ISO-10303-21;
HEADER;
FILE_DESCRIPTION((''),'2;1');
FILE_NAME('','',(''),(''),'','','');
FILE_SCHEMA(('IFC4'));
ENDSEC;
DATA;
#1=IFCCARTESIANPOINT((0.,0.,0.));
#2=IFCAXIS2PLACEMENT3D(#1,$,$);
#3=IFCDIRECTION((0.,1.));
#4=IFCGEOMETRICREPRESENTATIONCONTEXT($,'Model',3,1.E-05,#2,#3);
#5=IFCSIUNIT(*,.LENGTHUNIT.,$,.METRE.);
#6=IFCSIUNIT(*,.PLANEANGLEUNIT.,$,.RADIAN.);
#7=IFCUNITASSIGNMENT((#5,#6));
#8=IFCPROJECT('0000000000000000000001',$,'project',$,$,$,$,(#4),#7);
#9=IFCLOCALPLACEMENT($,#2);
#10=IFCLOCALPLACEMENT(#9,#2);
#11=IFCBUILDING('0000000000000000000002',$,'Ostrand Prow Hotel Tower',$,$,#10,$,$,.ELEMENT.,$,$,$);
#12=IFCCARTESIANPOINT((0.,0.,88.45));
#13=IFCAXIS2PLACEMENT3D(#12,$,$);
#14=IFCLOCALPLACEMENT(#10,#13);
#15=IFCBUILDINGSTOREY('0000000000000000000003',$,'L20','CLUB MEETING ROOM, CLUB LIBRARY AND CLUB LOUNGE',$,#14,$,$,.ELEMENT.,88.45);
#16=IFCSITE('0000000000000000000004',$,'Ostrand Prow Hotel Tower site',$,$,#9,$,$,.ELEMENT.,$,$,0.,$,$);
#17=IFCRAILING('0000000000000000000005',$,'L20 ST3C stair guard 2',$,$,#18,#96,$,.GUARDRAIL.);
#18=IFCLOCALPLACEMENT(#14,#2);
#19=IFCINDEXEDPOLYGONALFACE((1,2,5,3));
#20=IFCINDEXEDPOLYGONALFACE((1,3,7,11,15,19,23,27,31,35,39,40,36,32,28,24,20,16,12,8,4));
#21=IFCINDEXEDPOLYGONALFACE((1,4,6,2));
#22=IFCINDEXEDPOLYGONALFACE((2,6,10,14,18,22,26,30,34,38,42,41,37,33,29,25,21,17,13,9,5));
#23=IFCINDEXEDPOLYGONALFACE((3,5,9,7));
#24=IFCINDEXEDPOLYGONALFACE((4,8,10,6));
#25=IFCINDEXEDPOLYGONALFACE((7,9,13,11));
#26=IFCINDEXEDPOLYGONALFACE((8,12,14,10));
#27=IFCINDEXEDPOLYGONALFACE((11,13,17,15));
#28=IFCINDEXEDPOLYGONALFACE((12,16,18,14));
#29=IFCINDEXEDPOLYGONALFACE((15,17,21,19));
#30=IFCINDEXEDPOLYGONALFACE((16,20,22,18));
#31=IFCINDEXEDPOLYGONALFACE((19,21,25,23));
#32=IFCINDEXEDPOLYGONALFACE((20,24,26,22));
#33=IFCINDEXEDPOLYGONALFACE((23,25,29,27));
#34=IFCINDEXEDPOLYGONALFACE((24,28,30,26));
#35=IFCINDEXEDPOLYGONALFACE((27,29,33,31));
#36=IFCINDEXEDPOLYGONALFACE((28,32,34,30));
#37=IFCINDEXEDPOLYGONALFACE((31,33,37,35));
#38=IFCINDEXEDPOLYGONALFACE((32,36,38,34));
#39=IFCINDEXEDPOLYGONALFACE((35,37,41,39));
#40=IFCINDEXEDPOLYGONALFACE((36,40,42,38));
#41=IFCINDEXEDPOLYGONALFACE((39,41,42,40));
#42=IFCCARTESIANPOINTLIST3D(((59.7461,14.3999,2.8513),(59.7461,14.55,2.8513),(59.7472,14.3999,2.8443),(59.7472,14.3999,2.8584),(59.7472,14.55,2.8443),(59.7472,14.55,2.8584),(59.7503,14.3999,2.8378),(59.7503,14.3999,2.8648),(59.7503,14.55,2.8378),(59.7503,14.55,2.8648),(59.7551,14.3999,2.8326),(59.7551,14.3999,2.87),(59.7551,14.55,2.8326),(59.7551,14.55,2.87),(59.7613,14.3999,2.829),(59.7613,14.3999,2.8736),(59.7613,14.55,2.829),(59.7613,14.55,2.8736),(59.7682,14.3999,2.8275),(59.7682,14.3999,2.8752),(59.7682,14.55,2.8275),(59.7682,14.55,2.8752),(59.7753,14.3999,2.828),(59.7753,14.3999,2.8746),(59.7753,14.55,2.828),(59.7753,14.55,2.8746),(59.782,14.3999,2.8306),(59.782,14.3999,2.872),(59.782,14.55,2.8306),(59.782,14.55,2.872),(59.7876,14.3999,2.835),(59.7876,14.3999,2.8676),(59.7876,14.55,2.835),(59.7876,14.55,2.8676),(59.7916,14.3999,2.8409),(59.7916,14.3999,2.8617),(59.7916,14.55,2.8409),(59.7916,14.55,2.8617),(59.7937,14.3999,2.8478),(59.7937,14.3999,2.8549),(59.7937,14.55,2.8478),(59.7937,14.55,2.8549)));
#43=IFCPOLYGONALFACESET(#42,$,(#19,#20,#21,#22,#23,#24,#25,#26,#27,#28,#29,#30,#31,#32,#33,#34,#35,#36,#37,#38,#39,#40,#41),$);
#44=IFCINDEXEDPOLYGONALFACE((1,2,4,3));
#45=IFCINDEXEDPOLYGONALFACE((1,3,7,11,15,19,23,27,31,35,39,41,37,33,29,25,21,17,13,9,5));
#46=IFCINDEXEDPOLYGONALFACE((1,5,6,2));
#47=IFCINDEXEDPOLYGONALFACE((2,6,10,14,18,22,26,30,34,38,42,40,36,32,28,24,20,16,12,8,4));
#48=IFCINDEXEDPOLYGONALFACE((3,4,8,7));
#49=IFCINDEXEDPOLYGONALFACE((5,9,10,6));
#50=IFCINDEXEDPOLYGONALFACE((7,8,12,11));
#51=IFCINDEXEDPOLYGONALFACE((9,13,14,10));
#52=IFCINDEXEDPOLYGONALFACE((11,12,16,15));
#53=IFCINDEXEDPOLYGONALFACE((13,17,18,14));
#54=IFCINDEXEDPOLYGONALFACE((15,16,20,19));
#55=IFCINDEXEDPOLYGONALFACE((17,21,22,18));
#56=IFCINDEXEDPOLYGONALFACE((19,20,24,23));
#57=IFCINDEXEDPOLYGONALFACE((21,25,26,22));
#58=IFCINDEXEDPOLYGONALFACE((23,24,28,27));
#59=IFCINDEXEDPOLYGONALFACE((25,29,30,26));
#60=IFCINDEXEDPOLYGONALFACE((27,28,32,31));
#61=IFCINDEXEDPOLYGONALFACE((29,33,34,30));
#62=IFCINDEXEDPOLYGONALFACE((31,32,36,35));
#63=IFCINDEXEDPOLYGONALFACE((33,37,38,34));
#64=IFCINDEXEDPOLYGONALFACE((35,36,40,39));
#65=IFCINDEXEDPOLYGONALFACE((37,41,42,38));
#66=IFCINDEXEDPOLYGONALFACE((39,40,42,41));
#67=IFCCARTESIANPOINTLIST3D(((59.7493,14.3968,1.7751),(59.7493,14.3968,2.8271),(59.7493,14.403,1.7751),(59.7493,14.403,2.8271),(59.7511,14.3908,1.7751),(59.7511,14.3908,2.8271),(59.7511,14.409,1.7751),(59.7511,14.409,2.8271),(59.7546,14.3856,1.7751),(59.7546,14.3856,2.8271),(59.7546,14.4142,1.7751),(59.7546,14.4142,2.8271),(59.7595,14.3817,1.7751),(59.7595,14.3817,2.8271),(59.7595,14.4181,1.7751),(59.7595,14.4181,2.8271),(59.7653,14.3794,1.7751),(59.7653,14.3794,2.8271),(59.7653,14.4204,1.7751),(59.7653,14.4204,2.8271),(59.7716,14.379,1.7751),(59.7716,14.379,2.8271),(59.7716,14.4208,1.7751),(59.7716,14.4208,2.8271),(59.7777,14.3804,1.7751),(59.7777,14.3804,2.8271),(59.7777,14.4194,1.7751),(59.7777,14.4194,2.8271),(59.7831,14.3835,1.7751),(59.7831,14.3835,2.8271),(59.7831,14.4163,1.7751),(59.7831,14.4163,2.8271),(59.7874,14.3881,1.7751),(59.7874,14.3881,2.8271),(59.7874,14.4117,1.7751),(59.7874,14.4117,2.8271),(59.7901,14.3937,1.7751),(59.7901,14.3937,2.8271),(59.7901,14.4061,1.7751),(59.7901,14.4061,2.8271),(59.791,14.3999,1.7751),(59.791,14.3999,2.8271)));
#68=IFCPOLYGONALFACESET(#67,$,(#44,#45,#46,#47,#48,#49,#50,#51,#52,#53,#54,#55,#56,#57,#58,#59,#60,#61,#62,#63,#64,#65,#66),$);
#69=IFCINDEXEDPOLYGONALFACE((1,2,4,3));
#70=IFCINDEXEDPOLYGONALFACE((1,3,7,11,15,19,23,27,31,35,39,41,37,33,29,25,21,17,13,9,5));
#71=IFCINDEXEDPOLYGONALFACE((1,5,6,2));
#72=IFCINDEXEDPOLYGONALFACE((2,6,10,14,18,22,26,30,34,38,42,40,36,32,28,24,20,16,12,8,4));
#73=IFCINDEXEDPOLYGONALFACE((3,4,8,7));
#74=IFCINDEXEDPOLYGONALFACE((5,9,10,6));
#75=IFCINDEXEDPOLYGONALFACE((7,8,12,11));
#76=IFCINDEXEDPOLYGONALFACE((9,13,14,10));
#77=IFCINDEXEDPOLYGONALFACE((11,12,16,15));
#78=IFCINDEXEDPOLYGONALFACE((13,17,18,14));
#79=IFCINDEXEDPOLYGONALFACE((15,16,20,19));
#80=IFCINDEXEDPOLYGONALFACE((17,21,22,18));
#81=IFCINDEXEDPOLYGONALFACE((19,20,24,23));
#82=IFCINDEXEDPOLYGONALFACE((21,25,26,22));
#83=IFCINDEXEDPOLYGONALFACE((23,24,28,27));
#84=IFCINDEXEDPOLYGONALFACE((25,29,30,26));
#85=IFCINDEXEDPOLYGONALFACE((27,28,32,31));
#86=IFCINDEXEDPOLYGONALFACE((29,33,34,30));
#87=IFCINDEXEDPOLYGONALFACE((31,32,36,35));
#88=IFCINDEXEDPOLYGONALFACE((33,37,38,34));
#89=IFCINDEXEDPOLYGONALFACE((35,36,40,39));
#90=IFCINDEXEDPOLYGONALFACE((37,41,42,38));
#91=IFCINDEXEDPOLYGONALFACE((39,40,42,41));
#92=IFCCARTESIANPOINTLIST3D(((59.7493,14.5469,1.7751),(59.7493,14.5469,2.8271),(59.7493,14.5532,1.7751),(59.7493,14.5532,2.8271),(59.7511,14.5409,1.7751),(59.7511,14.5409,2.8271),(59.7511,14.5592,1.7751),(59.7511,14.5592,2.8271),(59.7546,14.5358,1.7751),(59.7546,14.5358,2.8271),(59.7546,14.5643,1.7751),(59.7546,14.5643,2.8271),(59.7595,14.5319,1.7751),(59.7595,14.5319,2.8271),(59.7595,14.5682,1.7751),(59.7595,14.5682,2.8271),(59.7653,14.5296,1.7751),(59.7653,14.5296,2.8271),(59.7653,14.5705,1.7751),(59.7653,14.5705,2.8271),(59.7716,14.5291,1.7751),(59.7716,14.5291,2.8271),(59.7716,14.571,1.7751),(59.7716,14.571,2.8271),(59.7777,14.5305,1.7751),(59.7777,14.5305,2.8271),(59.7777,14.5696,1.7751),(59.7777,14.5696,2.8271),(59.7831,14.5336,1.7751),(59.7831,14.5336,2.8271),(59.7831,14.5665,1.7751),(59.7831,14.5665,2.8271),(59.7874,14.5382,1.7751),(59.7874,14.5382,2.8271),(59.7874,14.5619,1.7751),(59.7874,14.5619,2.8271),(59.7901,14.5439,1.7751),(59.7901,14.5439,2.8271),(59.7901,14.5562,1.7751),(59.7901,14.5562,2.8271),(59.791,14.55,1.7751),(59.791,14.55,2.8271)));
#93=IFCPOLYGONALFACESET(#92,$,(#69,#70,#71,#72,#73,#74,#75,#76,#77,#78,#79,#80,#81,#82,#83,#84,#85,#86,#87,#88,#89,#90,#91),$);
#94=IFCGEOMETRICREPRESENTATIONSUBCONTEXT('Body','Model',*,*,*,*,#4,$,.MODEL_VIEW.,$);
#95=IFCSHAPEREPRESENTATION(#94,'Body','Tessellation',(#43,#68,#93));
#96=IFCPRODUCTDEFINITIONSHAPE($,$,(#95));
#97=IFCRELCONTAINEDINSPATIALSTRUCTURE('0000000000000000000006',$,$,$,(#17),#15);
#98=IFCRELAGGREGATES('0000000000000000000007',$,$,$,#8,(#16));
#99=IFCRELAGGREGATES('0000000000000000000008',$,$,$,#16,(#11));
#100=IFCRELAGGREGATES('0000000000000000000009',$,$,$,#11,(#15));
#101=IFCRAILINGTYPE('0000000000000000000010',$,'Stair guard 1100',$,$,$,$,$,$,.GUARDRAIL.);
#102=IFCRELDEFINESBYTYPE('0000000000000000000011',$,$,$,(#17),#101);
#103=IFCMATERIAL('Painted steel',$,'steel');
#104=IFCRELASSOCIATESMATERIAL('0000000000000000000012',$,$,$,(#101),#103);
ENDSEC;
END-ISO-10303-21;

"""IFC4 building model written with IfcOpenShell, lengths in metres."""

from ifc_helpers import new_model, si_unit, direction, frame, origin, origin_2d, place, context, subcontext, project, spatial, circle, extrude, material, type_object, element, save


model = new_model("IFC4")

# Units and contexts
model_context = context("Model", 3, precision=1e-05, world=origin(), true_north=direction((0.0, 1.0)))
body_context = subcontext(model_context, "Body", "Model", "MODEL_VIEW")
ifc_project = project(units=[si_unit("LENGTHUNIT", "METRE"), si_unit("PLANEANGLEUNIT", "RADIAN")], contexts=[model_context])

# Site, building, storey
site_placement = place(None, origin())
site = spatial("IfcSite", under=ifc_project, at=site_placement, Name="Ostrand Prow Hotel Tower site", CompositionType="ELEMENT", RefElevation=0.0)
building_placement = place(site_placement, origin())
building = spatial("IfcBuilding", under=site, at=building_placement, Name="Ostrand Prow Hotel Tower", CompositionType="ELEMENT")
storey_placement = place(building_placement, frame((0.0, 0.0, 88.45)))
storey = spatial("IfcBuildingStorey", under=building, at=storey_placement, Name="L20", Description="CLUB MEETING ROOM, CLUB LIBRARY AND CLUB LOUNGE", CompositionType="ELEMENT", Elevation=88.45)

# Railing
ifc_material_1 = material(Name="Painted steel", Category="steel")
railing_type_1 = type_object("IfcRailingType", Name="Stair guard 1100", PredefinedType="GUARDRAIL", material=ifc_material_1)
railing_1_placement = place(storey_placement, frame((59.77, 14.3999, 1.7751)))
element("IfcRailing", 1, at=railing_1_placement, inside=storey, type_object=railing_type_1, Name="L20 ST3C stair guard 2", PredefinedType="GUARDRAIL", context=body_context, shape_type="SweptSolid", body=[
    extrude(circle(Radius=0.0239, at=origin_2d()), frame((0.0, 0.0, 1.0762), z_axis=(0.0, 1.0, 0.0), x_axis=(-1.0, 0.0, 0.0)), (0.0, 0.0, 1.0), 0.1501),
    extrude(circle(Radius=0.021, at=origin_2d()), origin(), (0.0, 0.0, 1.0), 1.052),
    extrude(circle(Radius=0.021, at=origin_2d()), frame((0.0, 0.1501, 0.0)), (0.0, 0.0, 1.0), 1.052),
])

save(model, "model.ifc")
